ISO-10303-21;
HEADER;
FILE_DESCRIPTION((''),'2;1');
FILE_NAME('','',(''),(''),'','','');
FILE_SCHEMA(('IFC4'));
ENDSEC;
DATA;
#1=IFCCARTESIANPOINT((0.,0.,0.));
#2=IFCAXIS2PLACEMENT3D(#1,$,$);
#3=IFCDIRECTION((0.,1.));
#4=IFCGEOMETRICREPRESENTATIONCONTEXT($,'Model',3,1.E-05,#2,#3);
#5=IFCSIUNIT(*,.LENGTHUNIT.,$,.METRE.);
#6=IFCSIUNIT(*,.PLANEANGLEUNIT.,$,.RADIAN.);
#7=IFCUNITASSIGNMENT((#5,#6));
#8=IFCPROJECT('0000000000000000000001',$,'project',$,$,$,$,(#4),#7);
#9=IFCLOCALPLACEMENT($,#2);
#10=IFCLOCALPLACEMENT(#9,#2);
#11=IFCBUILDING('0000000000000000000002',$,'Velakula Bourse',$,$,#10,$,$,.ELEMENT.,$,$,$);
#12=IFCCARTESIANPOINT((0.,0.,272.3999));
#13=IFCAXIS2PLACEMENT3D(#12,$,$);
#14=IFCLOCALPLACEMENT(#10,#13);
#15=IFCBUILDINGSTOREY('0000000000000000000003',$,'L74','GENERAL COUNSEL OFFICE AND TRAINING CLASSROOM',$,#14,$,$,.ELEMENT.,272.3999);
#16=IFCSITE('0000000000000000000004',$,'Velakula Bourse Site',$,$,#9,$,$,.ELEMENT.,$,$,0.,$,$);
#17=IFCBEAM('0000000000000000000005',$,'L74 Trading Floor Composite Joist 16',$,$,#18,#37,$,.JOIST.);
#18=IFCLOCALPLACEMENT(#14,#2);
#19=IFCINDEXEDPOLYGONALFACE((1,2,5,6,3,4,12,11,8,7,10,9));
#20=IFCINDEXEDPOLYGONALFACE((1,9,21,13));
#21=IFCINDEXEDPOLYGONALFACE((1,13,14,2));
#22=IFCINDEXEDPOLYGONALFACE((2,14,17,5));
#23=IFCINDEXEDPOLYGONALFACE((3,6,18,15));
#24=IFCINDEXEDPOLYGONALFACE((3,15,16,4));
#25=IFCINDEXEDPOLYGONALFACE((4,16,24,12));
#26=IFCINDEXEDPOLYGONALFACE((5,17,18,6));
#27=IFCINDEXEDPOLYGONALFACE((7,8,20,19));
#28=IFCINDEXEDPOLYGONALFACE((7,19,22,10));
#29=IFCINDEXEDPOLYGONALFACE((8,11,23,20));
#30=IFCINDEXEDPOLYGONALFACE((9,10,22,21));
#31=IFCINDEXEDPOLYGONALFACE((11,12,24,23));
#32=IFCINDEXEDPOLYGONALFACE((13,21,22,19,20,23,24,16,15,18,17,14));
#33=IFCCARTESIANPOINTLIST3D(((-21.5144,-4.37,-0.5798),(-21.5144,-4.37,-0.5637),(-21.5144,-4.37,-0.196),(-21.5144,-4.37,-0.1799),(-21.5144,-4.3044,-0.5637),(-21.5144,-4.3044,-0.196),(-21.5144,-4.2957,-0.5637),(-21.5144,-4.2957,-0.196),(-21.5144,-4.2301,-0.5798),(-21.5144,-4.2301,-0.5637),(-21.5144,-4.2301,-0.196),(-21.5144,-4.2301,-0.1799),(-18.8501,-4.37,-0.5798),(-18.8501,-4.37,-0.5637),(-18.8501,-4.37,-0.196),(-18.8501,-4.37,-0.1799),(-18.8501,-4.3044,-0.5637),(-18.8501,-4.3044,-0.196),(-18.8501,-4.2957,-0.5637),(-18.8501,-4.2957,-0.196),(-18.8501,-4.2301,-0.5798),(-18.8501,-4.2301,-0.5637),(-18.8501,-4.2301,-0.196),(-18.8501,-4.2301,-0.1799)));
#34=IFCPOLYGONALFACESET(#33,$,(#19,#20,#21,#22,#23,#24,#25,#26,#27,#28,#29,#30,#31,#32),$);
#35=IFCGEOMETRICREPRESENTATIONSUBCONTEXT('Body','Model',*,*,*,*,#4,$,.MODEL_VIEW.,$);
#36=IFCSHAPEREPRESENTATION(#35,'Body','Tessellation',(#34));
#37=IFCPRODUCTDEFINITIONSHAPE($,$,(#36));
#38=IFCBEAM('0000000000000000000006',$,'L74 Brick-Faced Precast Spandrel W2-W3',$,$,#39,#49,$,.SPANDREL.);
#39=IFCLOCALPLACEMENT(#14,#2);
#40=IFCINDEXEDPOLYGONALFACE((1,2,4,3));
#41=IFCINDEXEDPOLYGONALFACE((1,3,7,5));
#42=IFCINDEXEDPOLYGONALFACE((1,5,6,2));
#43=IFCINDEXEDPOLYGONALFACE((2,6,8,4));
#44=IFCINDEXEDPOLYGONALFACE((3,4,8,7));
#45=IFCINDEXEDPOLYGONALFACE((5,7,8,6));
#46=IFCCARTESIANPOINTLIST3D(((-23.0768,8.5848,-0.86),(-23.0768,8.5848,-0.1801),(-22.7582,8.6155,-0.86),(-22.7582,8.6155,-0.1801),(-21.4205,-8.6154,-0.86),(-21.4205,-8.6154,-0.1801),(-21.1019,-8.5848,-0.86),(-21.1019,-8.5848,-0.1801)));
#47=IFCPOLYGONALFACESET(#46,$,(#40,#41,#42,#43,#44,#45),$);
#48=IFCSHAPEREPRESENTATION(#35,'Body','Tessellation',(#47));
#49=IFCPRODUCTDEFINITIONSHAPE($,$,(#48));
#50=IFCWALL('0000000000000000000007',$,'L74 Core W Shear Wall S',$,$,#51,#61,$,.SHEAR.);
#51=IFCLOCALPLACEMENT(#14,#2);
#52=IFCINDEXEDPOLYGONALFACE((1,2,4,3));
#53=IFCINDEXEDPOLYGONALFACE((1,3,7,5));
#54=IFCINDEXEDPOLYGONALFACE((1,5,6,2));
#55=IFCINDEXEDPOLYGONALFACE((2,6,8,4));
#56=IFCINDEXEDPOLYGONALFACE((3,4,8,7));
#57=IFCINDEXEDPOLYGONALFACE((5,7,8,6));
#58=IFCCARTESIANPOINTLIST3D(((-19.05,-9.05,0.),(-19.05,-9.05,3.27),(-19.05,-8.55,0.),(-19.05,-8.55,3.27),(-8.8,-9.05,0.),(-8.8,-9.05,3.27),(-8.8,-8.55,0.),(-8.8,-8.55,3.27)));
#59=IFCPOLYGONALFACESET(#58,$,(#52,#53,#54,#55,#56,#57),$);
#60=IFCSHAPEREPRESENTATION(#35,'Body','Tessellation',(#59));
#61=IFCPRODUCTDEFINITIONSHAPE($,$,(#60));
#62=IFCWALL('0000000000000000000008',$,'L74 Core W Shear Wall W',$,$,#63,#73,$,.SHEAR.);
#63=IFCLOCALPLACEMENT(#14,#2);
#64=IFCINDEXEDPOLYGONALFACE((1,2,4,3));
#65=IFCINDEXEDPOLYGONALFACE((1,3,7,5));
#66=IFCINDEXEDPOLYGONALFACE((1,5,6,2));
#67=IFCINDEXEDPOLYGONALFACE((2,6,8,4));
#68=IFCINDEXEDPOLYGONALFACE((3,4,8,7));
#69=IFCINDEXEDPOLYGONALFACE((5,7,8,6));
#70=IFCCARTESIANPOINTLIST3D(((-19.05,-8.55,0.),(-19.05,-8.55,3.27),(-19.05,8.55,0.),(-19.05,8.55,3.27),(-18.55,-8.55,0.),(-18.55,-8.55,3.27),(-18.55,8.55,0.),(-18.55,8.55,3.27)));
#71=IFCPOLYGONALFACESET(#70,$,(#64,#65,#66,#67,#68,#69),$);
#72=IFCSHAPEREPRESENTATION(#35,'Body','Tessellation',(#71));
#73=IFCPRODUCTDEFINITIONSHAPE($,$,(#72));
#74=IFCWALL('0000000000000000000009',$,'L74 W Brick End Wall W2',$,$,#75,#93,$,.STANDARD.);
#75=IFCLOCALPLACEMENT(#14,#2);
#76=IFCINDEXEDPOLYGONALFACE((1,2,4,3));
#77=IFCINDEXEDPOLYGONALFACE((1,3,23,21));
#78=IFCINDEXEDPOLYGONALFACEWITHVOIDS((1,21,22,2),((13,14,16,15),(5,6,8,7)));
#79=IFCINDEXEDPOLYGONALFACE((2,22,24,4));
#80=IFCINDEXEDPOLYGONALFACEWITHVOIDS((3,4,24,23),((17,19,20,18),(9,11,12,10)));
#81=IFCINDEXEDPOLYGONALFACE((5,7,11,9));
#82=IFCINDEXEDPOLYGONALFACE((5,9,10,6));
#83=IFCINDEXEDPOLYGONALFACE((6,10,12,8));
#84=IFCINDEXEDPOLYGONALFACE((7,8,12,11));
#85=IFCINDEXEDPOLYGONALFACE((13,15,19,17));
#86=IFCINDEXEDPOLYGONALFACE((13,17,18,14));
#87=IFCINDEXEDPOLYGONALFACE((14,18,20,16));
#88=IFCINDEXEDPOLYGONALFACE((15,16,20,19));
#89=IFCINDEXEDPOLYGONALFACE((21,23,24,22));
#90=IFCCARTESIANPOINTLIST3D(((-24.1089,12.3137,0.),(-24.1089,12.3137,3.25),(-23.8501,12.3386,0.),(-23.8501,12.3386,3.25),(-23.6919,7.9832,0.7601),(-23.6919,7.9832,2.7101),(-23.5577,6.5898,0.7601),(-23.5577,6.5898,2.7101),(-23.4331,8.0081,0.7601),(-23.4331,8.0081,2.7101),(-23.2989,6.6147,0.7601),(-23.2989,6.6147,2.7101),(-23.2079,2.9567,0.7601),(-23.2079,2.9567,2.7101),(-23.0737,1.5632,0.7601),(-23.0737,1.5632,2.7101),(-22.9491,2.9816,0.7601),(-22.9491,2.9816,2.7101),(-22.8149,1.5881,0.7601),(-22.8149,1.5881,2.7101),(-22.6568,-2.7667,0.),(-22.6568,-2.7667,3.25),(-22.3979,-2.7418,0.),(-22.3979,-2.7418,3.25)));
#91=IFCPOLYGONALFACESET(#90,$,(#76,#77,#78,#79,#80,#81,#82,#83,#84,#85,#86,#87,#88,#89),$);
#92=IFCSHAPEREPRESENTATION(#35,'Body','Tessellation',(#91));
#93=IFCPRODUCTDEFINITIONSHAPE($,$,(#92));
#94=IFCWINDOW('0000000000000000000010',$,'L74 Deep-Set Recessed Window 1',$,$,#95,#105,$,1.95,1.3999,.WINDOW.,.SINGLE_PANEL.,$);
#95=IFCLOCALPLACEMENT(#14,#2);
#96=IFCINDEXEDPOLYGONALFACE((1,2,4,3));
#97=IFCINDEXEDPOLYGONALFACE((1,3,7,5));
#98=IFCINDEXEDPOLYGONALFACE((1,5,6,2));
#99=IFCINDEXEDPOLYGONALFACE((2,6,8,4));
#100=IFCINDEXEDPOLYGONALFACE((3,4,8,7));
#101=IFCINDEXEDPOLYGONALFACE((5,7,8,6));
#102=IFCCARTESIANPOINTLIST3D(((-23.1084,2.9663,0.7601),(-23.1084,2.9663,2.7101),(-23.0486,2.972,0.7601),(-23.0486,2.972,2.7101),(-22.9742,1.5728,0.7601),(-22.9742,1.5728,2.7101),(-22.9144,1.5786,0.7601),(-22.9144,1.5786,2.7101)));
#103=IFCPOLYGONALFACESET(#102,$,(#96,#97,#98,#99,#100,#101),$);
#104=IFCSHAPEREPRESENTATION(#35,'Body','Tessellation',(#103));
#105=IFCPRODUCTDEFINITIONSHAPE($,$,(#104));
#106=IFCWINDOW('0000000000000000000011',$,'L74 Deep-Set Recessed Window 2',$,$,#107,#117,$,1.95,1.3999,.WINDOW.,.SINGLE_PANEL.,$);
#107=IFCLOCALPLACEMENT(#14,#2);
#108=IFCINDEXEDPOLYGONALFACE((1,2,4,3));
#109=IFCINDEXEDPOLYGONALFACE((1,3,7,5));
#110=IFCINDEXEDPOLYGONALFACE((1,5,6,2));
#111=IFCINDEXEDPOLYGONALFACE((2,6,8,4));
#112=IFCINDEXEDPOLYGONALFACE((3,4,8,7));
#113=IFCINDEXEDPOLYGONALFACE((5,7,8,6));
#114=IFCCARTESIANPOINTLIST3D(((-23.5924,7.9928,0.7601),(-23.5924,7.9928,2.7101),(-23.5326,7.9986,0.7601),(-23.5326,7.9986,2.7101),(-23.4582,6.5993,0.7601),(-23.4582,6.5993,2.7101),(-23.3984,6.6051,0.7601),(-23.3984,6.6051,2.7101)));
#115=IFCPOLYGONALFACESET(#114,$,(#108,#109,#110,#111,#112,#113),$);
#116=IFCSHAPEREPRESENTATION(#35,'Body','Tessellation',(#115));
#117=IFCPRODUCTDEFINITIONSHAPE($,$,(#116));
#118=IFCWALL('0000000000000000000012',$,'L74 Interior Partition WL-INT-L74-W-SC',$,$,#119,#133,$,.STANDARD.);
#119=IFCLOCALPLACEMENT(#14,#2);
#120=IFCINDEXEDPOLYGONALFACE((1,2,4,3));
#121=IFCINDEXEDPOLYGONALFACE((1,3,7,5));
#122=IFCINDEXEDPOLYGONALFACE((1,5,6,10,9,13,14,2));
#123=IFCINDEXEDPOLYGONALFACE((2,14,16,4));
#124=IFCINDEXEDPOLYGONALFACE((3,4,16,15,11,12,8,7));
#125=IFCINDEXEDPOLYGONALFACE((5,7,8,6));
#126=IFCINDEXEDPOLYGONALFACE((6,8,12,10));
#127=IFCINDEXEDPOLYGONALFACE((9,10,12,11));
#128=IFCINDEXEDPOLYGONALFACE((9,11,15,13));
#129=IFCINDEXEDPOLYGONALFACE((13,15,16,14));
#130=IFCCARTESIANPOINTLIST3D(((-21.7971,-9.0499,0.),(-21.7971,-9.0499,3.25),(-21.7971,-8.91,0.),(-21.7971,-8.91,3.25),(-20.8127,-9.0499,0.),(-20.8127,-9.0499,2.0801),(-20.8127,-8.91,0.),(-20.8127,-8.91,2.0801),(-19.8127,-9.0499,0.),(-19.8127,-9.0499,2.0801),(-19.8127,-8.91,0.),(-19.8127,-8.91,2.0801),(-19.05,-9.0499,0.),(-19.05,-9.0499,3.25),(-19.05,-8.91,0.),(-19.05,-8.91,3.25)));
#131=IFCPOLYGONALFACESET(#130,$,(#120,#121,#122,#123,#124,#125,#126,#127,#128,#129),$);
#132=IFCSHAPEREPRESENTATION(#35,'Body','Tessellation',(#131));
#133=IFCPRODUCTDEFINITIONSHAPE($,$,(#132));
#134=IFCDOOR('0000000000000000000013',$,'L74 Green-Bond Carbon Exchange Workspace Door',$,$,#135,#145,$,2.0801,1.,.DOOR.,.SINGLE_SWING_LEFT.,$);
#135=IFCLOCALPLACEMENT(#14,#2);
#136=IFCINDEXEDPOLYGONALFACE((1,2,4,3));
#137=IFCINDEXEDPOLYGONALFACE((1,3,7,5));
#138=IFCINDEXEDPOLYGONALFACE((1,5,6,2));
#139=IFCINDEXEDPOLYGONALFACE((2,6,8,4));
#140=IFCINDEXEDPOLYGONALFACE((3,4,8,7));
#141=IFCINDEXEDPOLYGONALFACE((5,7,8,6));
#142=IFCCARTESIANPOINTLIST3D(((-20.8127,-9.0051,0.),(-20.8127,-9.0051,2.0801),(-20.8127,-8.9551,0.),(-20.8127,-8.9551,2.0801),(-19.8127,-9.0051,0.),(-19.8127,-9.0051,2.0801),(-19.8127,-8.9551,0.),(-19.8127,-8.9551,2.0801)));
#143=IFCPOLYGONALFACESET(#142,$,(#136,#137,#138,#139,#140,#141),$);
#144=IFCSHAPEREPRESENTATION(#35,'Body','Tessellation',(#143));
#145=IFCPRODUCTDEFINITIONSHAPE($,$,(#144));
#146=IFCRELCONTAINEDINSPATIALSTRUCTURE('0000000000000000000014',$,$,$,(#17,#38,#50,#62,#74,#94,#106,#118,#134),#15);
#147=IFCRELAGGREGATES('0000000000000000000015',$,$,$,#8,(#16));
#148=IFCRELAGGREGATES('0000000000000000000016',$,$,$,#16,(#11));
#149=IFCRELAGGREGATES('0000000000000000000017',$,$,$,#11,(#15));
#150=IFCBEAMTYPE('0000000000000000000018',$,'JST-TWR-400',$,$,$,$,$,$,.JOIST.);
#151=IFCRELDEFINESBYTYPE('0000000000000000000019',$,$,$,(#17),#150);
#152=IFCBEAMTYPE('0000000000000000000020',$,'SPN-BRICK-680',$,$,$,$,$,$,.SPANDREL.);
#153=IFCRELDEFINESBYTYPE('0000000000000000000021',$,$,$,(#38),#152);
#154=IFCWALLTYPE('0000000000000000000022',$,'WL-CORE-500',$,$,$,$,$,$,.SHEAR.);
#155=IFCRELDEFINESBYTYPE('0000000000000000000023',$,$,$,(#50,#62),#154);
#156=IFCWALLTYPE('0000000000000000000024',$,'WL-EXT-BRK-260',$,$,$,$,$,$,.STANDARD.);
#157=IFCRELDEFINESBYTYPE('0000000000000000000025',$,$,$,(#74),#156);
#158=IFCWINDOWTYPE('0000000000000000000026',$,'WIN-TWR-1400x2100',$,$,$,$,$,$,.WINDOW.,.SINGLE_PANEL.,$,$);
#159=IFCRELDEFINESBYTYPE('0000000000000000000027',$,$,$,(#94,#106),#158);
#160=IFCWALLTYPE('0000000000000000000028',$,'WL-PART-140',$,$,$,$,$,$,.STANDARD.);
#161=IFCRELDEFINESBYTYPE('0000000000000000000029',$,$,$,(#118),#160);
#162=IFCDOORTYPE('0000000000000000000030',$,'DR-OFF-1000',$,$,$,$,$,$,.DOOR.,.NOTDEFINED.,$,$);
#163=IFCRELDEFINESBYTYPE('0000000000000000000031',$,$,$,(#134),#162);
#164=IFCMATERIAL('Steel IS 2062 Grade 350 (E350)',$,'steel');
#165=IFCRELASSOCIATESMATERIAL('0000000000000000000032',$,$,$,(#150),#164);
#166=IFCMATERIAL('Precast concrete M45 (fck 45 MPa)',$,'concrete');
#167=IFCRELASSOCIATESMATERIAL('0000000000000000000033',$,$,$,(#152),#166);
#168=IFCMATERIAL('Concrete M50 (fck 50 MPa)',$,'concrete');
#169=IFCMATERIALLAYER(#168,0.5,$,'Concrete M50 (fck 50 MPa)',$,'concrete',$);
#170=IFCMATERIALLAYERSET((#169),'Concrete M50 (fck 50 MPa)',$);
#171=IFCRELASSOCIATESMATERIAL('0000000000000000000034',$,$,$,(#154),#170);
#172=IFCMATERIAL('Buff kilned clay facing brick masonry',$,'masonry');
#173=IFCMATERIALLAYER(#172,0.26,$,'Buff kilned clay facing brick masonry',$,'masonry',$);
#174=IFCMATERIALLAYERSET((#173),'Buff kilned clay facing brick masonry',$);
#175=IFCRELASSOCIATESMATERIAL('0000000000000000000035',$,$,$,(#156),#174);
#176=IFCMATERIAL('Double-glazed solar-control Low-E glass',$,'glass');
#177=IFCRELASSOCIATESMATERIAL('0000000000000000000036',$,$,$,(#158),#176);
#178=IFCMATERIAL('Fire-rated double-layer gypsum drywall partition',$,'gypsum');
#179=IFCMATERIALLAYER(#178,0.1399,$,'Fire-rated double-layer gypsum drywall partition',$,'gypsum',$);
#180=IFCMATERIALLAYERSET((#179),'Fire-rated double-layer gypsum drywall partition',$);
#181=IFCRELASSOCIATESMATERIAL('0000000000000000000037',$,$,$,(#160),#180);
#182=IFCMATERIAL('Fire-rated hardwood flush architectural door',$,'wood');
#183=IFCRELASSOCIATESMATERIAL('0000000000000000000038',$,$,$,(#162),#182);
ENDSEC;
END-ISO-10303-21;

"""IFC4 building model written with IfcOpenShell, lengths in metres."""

from ifc_helpers import new_model, si_unit, direction, frame, frame_2d, origin, origin_2d, place, context, subcontext, project, spatial, rectangle, i_section, extrude, material, layer, layer_set, material_profile, profile_set, type_object, element, fill, save


model = new_model("IFC4")

# Units and contexts
model_context = context("Model", 3, precision=1e-05, world=origin(), true_north=direction((0.0, 1.0)))
body_context = subcontext(model_context, "Body", "Model", "MODEL_VIEW")
ifc_project = project(units=[si_unit("LENGTHUNIT", "METRE"), si_unit("PLANEANGLEUNIT", "RADIAN")], contexts=[model_context])

# Site, building, storey
site_placement = place(None, origin())
site = spatial("IfcSite", under=ifc_project, at=site_placement, Name="Velakula Bourse Site", CompositionType="ELEMENT", RefElevation=0.0)
building_placement = place(site_placement, origin())
building = spatial("IfcBuilding", under=site, at=building_placement, Name="Velakula Bourse", CompositionType="ELEMENT")
storey_placement = place(building_placement, frame((0.0, 0.0, 272.3999)))
storey = spatial("IfcBuildingStorey", under=building, at=storey_placement, Name="L74", Description="GENERAL COUNSEL OFFICE AND TRAINING CLASSROOM", CompositionType="ELEMENT", Elevation=272.3999)

# Shared definitions
ifc_material_1 = material(Name="Concrete M50 (fck 50 MPa)", Category="concrete")
ifc_material_2 = material(Name="Steel IS 2062 Grade 350 (E350)", Category="steel")

# Beams
ifc_material_profile_1 = material_profile(ifc_material_2, i_section(OverallWidth=0.1399, OverallDepth=0.3999, WebThickness=0.0088, FlangeThickness=0.0161, at=origin_2d()), Name="Steel IS 2062 Grade 350 (E350)")
ifc_profile_set_1 = profile_set([ifc_material_profile_1], Name="Steel IS 2062 Grade 350 (E350)")
beam_type_1 = type_object("IfcBeamType", Name="JST-TWR-400", PredefinedType="JOIST", material=ifc_profile_set_1)
beam_1_placement = place(storey_placement, frame((-21.5144, -4.3, -0.3799), z_axis=(1.0, 0.0, 0.0), x_axis=(0.0, 1.0, 0.0)))
element("IfcBeam", 1, at=beam_1_placement, inside=storey, type_object=beam_type_1, Name="L74 Trading Floor Composite Joist 16", PredefinedType="JOIST", context=body_context, shape_type="SweptSolid", body=[
    extrude(i_section(OverallWidth=0.1399, OverallDepth=0.3999, WebThickness=0.0088, FlangeThickness=0.0161, at=origin_2d()), origin(), (0.0, 0.0, 1.0), 2.6643),
])
ifc_material_3 = material(Name="Precast concrete M45 (fck 45 MPa)", Category="concrete")
ifc_material_profile_2 = material_profile(ifc_material_3, rectangle(XDim=0.3201, YDim=0.6799, at=origin_2d()), Name="Precast concrete M45 (fck 45 MPa)")
ifc_profile_set_2 = profile_set([ifc_material_profile_2], Name="Precast concrete M45 (fck 45 MPa)")
beam_type_2 = type_object("IfcBeamType", Name="SPN-BRICK-680", PredefinedType="SPANDREL", material=ifc_profile_set_2)
beam_2_placement = place(storey_placement, frame((-21.2612, -8.6001, -0.52), z_axis=(-0.095849, 0.995396, 0.0), x_axis=(-0.995396, -0.095849, 0.0)))
element("IfcBeam", 2, at=beam_2_placement, inside=storey, type_object=beam_type_2, Name="L74 Brick-Faced Precast Spandrel W2-W3", PredefinedType="SPANDREL", context=body_context, shape_type="SweptSolid", body=[
    extrude(rectangle(XDim=0.3201, YDim=0.6799, at=origin_2d()), origin(), (0.0, 0.0, 1.0), 17.2798),
])

# Walls
ifc_layer_1 = layer(ifc_material_1, 0.5, Name="Concrete M50 (fck 50 MPa)", Category="concrete")
ifc_layer_set_1 = layer_set([ifc_layer_1], Name="Concrete M50 (fck 50 MPa)")
wall_type_1 = type_object("IfcWallType", Name="WL-CORE-500", PredefinedType="SHEAR", material=ifc_layer_set_1)
wall_1_placement = place(storey_placement, frame((-19.05, -8.8, 0.0), z_axis=(0.0, 0.0, 1.0), x_axis=(1.0, 0.0, 0.0)))
element("IfcWall", 3, at=wall_1_placement, inside=storey, type_object=wall_type_1, Name="L74 Core W Shear Wall S", PredefinedType="SHEAR", context=body_context, shape_type="SweptSolid", body=[
    extrude(rectangle(XDim=10.25, YDim=0.5, at=frame_2d((5.125, 0.0))), origin(), (0.0, 0.0, 1.0), 3.27),
])
wall_2_placement = place(storey_placement, frame((-18.8, -8.55, 0.0), z_axis=(0.0, 0.0, 1.0), x_axis=(0.0, 1.0, 0.0)))
element("IfcWall", 4, at=wall_2_placement, inside=storey, type_object=wall_type_1, Name="L74 Core W Shear Wall W", PredefinedType="SHEAR", context=body_context, shape_type="SweptSolid", body=[
    extrude(rectangle(XDim=17.1001, YDim=0.5, at=frame_2d((8.55, 0.0))), origin(), (0.0, 0.0, 1.0), 3.27),
])

# Wall, openings, windows
ifc_material_4 = material(Name="Buff kilned clay facing brick masonry", Category="masonry")
ifc_layer_2 = layer(ifc_material_4, 0.26, Name="Buff kilned clay facing brick masonry", Category="masonry")
ifc_layer_set_2 = layer_set([ifc_layer_2], Name="Buff kilned clay facing brick masonry")
wall_type_2 = type_object("IfcWallType", Name="WL-EXT-BRK-260", PredefinedType="STANDARD", material=ifc_layer_set_2)
wall_3_placement = place(storey_placement, frame((-22.5273, -2.7544, 0.0), z_axis=(0.0, 0.0, 1.0), x_axis=(-0.095851, 0.995396, 0.0)))
wall_3 = element("IfcWall", 5, at=wall_3_placement, inside=storey, type_object=wall_type_2, Name="L74 W Brick End Wall W2", PredefinedType="STANDARD", context=body_context, shape_type="SweptSolid", body=[
    extrude(rectangle(XDim=15.1501, YDim=0.26, at=frame_2d((7.5752, 0.0))), origin(), (0.0, 0.0, 1.0), 3.25),
])
opening_1_placement = place(wall_3_placement, frame((4.3501, 0.0, 0.76)))
opening_1 = element("IfcOpeningElement", 6, at=opening_1_placement, cuts=wall_3, PredefinedType="OPENING", context=body_context, shape_type="SweptSolid", body=[
    extrude(rectangle(XDim=1.3999, YDim=1.95, at=frame_2d((0.7, 0.9751))), frame((0.0, 0.1399, 0.0), z_axis=(0.0, -1.0, 0.0), x_axis=(1.0, 0.0, 0.0)), (0.0, 0.0, 1.0), 0.28),
])
opening_2_placement = place(wall_3_placement, frame((9.3999, 0.0, 0.76)))
opening_2 = element("IfcOpeningElement", 7, at=opening_2_placement, cuts=wall_3, PredefinedType="OPENING", context=body_context, shape_type="SweptSolid", body=[
    extrude(rectangle(XDim=1.3999, YDim=1.95, at=frame_2d((0.7, 0.9751))), frame((0.0, 0.1399, 0.0), z_axis=(0.0, -1.0, 0.0), x_axis=(1.0, 0.0, 0.0)), (0.0, 0.0, 1.0), 0.28),
])
ifc_material_5 = material(Name="Double-glazed solar-control Low-E glass", Category="glass")
window_type = type_object("IfcWindowType", Name="WIN-TWR-1400x2100", PartitioningType="SINGLE_PANEL", PredefinedType="WINDOW", material=ifc_material_5)
window_1_placement = place(opening_1_placement, origin())
window_1 = element("IfcWindow", 8, at=window_1_placement, inside=storey, type_object=window_type, Name="L74 Deep-Set Recessed Window 1", OverallHeight=1.95, OverallWidth=1.3999, PartitioningType="SINGLE_PANEL", PredefinedType="WINDOW", context=body_context, shape_type="SweptSolid", body=[
    extrude(rectangle(XDim=1.3999, YDim=1.95, at=frame_2d((0.7, 0.9751))), frame((0.0, 0.03, 0.0), z_axis=(0.0, -1.0, 0.0), x_axis=(1.0, 0.0, 0.0)), (0.0, 0.0, 1.0), 0.0601),
])
fill(opening_1, window_1)
window_2_placement = place(opening_2_placement, origin())
window_2 = element("IfcWindow", 9, at=window_2_placement, inside=storey, type_object=window_type, Name="L74 Deep-Set Recessed Window 2", OverallHeight=1.95, OverallWidth=1.3999, PartitioningType="SINGLE_PANEL", PredefinedType="WINDOW", context=body_context, shape_type="SweptSolid", body=[
    extrude(rectangle(XDim=1.3999, YDim=1.95, at=frame_2d((0.7, 0.9751))), frame((0.0, 0.03, 0.0), z_axis=(0.0, -1.0, 0.0), x_axis=(1.0, 0.0, 0.0)), (0.0, 0.0, 1.0), 0.0601),
])
fill(opening_2, window_2)

# Shared definitions
ifc_material_6 = material(Name="Fire-rated double-layer gypsum drywall partition", Category="gypsum")
ifc_layer_3 = layer(ifc_material_6, 0.1399, Name="Fire-rated double-layer gypsum drywall partition", Category="gypsum")
ifc_layer_set_3 = layer_set([ifc_layer_3], Name="Fire-rated double-layer gypsum drywall partition")
wall_type_3 = type_object("IfcWallType", Name="WL-PART-140", PredefinedType="STANDARD", material=ifc_layer_set_3)
ifc_material_7 = material(Name="Fire-rated hardwood flush architectural door", Category="wood")
door_type_1 = type_object("IfcDoorType", Name="DR-OFF-1000", OperationType="NOTDEFINED", PredefinedType="DOOR", material=ifc_material_7)

# Wall, opening, door
wall_4_placement = place(storey_placement, frame((-21.7971, -8.98, 0.0), z_axis=(0.0, 0.0, 1.0), x_axis=(1.0, 0.0, 0.0)))
wall_4 = element("IfcWall", 10, at=wall_4_placement, inside=storey, type_object=wall_type_3, Name="L74 Interior Partition WL-INT-L74-W-SC", PredefinedType="STANDARD", context=body_context, shape_type="SweptSolid", body=[
    extrude(rectangle(XDim=2.7471, YDim=0.1399, at=frame_2d((1.3735, 0.0))), origin(), (0.0, 0.0, 1.0), 3.25),
])
opening_3_placement = place(wall_4_placement, frame((0.9844, 0.0, 0.0)))
opening_3 = element("IfcOpeningElement", 11, at=opening_3_placement, cuts=wall_4, PredefinedType="OPENING", context=body_context, shape_type="SweptSolid", body=[
    extrude(rectangle(XDim=1.0, YDim=2.0801, at=frame_2d((0.5, 1.04))), frame((0.0, 0.0798, 0.0), z_axis=(0.0, -1.0, 0.0), x_axis=(1.0, 0.0, 0.0)), (0.0, 0.0, 1.0), 0.1599),
])
door_1_placement = place(opening_3_placement, origin())
door_1 = element("IfcDoor", 12, at=door_1_placement, inside=storey, type_object=door_type_1, Name="L74 Green-Bond Carbon Exchange Workspace Door", OperationType="SINGLE_SWING_LEFT", OverallHeight=2.0801, OverallWidth=1.0, PredefinedType="DOOR", context=body_context, shape_type="SweptSolid", body=[
    extrude(rectangle(XDim=1.0, YDim=2.0801, at=frame_2d((0.5, 1.04))), frame((0.0, 0.0249, 0.0), z_axis=(0.0, -1.0, 0.0), x_axis=(1.0, 0.0, 0.0)), (0.0, 0.0, 1.0), 0.05),
])
fill(opening_3, door_1)

save(model, "model.ifc")
